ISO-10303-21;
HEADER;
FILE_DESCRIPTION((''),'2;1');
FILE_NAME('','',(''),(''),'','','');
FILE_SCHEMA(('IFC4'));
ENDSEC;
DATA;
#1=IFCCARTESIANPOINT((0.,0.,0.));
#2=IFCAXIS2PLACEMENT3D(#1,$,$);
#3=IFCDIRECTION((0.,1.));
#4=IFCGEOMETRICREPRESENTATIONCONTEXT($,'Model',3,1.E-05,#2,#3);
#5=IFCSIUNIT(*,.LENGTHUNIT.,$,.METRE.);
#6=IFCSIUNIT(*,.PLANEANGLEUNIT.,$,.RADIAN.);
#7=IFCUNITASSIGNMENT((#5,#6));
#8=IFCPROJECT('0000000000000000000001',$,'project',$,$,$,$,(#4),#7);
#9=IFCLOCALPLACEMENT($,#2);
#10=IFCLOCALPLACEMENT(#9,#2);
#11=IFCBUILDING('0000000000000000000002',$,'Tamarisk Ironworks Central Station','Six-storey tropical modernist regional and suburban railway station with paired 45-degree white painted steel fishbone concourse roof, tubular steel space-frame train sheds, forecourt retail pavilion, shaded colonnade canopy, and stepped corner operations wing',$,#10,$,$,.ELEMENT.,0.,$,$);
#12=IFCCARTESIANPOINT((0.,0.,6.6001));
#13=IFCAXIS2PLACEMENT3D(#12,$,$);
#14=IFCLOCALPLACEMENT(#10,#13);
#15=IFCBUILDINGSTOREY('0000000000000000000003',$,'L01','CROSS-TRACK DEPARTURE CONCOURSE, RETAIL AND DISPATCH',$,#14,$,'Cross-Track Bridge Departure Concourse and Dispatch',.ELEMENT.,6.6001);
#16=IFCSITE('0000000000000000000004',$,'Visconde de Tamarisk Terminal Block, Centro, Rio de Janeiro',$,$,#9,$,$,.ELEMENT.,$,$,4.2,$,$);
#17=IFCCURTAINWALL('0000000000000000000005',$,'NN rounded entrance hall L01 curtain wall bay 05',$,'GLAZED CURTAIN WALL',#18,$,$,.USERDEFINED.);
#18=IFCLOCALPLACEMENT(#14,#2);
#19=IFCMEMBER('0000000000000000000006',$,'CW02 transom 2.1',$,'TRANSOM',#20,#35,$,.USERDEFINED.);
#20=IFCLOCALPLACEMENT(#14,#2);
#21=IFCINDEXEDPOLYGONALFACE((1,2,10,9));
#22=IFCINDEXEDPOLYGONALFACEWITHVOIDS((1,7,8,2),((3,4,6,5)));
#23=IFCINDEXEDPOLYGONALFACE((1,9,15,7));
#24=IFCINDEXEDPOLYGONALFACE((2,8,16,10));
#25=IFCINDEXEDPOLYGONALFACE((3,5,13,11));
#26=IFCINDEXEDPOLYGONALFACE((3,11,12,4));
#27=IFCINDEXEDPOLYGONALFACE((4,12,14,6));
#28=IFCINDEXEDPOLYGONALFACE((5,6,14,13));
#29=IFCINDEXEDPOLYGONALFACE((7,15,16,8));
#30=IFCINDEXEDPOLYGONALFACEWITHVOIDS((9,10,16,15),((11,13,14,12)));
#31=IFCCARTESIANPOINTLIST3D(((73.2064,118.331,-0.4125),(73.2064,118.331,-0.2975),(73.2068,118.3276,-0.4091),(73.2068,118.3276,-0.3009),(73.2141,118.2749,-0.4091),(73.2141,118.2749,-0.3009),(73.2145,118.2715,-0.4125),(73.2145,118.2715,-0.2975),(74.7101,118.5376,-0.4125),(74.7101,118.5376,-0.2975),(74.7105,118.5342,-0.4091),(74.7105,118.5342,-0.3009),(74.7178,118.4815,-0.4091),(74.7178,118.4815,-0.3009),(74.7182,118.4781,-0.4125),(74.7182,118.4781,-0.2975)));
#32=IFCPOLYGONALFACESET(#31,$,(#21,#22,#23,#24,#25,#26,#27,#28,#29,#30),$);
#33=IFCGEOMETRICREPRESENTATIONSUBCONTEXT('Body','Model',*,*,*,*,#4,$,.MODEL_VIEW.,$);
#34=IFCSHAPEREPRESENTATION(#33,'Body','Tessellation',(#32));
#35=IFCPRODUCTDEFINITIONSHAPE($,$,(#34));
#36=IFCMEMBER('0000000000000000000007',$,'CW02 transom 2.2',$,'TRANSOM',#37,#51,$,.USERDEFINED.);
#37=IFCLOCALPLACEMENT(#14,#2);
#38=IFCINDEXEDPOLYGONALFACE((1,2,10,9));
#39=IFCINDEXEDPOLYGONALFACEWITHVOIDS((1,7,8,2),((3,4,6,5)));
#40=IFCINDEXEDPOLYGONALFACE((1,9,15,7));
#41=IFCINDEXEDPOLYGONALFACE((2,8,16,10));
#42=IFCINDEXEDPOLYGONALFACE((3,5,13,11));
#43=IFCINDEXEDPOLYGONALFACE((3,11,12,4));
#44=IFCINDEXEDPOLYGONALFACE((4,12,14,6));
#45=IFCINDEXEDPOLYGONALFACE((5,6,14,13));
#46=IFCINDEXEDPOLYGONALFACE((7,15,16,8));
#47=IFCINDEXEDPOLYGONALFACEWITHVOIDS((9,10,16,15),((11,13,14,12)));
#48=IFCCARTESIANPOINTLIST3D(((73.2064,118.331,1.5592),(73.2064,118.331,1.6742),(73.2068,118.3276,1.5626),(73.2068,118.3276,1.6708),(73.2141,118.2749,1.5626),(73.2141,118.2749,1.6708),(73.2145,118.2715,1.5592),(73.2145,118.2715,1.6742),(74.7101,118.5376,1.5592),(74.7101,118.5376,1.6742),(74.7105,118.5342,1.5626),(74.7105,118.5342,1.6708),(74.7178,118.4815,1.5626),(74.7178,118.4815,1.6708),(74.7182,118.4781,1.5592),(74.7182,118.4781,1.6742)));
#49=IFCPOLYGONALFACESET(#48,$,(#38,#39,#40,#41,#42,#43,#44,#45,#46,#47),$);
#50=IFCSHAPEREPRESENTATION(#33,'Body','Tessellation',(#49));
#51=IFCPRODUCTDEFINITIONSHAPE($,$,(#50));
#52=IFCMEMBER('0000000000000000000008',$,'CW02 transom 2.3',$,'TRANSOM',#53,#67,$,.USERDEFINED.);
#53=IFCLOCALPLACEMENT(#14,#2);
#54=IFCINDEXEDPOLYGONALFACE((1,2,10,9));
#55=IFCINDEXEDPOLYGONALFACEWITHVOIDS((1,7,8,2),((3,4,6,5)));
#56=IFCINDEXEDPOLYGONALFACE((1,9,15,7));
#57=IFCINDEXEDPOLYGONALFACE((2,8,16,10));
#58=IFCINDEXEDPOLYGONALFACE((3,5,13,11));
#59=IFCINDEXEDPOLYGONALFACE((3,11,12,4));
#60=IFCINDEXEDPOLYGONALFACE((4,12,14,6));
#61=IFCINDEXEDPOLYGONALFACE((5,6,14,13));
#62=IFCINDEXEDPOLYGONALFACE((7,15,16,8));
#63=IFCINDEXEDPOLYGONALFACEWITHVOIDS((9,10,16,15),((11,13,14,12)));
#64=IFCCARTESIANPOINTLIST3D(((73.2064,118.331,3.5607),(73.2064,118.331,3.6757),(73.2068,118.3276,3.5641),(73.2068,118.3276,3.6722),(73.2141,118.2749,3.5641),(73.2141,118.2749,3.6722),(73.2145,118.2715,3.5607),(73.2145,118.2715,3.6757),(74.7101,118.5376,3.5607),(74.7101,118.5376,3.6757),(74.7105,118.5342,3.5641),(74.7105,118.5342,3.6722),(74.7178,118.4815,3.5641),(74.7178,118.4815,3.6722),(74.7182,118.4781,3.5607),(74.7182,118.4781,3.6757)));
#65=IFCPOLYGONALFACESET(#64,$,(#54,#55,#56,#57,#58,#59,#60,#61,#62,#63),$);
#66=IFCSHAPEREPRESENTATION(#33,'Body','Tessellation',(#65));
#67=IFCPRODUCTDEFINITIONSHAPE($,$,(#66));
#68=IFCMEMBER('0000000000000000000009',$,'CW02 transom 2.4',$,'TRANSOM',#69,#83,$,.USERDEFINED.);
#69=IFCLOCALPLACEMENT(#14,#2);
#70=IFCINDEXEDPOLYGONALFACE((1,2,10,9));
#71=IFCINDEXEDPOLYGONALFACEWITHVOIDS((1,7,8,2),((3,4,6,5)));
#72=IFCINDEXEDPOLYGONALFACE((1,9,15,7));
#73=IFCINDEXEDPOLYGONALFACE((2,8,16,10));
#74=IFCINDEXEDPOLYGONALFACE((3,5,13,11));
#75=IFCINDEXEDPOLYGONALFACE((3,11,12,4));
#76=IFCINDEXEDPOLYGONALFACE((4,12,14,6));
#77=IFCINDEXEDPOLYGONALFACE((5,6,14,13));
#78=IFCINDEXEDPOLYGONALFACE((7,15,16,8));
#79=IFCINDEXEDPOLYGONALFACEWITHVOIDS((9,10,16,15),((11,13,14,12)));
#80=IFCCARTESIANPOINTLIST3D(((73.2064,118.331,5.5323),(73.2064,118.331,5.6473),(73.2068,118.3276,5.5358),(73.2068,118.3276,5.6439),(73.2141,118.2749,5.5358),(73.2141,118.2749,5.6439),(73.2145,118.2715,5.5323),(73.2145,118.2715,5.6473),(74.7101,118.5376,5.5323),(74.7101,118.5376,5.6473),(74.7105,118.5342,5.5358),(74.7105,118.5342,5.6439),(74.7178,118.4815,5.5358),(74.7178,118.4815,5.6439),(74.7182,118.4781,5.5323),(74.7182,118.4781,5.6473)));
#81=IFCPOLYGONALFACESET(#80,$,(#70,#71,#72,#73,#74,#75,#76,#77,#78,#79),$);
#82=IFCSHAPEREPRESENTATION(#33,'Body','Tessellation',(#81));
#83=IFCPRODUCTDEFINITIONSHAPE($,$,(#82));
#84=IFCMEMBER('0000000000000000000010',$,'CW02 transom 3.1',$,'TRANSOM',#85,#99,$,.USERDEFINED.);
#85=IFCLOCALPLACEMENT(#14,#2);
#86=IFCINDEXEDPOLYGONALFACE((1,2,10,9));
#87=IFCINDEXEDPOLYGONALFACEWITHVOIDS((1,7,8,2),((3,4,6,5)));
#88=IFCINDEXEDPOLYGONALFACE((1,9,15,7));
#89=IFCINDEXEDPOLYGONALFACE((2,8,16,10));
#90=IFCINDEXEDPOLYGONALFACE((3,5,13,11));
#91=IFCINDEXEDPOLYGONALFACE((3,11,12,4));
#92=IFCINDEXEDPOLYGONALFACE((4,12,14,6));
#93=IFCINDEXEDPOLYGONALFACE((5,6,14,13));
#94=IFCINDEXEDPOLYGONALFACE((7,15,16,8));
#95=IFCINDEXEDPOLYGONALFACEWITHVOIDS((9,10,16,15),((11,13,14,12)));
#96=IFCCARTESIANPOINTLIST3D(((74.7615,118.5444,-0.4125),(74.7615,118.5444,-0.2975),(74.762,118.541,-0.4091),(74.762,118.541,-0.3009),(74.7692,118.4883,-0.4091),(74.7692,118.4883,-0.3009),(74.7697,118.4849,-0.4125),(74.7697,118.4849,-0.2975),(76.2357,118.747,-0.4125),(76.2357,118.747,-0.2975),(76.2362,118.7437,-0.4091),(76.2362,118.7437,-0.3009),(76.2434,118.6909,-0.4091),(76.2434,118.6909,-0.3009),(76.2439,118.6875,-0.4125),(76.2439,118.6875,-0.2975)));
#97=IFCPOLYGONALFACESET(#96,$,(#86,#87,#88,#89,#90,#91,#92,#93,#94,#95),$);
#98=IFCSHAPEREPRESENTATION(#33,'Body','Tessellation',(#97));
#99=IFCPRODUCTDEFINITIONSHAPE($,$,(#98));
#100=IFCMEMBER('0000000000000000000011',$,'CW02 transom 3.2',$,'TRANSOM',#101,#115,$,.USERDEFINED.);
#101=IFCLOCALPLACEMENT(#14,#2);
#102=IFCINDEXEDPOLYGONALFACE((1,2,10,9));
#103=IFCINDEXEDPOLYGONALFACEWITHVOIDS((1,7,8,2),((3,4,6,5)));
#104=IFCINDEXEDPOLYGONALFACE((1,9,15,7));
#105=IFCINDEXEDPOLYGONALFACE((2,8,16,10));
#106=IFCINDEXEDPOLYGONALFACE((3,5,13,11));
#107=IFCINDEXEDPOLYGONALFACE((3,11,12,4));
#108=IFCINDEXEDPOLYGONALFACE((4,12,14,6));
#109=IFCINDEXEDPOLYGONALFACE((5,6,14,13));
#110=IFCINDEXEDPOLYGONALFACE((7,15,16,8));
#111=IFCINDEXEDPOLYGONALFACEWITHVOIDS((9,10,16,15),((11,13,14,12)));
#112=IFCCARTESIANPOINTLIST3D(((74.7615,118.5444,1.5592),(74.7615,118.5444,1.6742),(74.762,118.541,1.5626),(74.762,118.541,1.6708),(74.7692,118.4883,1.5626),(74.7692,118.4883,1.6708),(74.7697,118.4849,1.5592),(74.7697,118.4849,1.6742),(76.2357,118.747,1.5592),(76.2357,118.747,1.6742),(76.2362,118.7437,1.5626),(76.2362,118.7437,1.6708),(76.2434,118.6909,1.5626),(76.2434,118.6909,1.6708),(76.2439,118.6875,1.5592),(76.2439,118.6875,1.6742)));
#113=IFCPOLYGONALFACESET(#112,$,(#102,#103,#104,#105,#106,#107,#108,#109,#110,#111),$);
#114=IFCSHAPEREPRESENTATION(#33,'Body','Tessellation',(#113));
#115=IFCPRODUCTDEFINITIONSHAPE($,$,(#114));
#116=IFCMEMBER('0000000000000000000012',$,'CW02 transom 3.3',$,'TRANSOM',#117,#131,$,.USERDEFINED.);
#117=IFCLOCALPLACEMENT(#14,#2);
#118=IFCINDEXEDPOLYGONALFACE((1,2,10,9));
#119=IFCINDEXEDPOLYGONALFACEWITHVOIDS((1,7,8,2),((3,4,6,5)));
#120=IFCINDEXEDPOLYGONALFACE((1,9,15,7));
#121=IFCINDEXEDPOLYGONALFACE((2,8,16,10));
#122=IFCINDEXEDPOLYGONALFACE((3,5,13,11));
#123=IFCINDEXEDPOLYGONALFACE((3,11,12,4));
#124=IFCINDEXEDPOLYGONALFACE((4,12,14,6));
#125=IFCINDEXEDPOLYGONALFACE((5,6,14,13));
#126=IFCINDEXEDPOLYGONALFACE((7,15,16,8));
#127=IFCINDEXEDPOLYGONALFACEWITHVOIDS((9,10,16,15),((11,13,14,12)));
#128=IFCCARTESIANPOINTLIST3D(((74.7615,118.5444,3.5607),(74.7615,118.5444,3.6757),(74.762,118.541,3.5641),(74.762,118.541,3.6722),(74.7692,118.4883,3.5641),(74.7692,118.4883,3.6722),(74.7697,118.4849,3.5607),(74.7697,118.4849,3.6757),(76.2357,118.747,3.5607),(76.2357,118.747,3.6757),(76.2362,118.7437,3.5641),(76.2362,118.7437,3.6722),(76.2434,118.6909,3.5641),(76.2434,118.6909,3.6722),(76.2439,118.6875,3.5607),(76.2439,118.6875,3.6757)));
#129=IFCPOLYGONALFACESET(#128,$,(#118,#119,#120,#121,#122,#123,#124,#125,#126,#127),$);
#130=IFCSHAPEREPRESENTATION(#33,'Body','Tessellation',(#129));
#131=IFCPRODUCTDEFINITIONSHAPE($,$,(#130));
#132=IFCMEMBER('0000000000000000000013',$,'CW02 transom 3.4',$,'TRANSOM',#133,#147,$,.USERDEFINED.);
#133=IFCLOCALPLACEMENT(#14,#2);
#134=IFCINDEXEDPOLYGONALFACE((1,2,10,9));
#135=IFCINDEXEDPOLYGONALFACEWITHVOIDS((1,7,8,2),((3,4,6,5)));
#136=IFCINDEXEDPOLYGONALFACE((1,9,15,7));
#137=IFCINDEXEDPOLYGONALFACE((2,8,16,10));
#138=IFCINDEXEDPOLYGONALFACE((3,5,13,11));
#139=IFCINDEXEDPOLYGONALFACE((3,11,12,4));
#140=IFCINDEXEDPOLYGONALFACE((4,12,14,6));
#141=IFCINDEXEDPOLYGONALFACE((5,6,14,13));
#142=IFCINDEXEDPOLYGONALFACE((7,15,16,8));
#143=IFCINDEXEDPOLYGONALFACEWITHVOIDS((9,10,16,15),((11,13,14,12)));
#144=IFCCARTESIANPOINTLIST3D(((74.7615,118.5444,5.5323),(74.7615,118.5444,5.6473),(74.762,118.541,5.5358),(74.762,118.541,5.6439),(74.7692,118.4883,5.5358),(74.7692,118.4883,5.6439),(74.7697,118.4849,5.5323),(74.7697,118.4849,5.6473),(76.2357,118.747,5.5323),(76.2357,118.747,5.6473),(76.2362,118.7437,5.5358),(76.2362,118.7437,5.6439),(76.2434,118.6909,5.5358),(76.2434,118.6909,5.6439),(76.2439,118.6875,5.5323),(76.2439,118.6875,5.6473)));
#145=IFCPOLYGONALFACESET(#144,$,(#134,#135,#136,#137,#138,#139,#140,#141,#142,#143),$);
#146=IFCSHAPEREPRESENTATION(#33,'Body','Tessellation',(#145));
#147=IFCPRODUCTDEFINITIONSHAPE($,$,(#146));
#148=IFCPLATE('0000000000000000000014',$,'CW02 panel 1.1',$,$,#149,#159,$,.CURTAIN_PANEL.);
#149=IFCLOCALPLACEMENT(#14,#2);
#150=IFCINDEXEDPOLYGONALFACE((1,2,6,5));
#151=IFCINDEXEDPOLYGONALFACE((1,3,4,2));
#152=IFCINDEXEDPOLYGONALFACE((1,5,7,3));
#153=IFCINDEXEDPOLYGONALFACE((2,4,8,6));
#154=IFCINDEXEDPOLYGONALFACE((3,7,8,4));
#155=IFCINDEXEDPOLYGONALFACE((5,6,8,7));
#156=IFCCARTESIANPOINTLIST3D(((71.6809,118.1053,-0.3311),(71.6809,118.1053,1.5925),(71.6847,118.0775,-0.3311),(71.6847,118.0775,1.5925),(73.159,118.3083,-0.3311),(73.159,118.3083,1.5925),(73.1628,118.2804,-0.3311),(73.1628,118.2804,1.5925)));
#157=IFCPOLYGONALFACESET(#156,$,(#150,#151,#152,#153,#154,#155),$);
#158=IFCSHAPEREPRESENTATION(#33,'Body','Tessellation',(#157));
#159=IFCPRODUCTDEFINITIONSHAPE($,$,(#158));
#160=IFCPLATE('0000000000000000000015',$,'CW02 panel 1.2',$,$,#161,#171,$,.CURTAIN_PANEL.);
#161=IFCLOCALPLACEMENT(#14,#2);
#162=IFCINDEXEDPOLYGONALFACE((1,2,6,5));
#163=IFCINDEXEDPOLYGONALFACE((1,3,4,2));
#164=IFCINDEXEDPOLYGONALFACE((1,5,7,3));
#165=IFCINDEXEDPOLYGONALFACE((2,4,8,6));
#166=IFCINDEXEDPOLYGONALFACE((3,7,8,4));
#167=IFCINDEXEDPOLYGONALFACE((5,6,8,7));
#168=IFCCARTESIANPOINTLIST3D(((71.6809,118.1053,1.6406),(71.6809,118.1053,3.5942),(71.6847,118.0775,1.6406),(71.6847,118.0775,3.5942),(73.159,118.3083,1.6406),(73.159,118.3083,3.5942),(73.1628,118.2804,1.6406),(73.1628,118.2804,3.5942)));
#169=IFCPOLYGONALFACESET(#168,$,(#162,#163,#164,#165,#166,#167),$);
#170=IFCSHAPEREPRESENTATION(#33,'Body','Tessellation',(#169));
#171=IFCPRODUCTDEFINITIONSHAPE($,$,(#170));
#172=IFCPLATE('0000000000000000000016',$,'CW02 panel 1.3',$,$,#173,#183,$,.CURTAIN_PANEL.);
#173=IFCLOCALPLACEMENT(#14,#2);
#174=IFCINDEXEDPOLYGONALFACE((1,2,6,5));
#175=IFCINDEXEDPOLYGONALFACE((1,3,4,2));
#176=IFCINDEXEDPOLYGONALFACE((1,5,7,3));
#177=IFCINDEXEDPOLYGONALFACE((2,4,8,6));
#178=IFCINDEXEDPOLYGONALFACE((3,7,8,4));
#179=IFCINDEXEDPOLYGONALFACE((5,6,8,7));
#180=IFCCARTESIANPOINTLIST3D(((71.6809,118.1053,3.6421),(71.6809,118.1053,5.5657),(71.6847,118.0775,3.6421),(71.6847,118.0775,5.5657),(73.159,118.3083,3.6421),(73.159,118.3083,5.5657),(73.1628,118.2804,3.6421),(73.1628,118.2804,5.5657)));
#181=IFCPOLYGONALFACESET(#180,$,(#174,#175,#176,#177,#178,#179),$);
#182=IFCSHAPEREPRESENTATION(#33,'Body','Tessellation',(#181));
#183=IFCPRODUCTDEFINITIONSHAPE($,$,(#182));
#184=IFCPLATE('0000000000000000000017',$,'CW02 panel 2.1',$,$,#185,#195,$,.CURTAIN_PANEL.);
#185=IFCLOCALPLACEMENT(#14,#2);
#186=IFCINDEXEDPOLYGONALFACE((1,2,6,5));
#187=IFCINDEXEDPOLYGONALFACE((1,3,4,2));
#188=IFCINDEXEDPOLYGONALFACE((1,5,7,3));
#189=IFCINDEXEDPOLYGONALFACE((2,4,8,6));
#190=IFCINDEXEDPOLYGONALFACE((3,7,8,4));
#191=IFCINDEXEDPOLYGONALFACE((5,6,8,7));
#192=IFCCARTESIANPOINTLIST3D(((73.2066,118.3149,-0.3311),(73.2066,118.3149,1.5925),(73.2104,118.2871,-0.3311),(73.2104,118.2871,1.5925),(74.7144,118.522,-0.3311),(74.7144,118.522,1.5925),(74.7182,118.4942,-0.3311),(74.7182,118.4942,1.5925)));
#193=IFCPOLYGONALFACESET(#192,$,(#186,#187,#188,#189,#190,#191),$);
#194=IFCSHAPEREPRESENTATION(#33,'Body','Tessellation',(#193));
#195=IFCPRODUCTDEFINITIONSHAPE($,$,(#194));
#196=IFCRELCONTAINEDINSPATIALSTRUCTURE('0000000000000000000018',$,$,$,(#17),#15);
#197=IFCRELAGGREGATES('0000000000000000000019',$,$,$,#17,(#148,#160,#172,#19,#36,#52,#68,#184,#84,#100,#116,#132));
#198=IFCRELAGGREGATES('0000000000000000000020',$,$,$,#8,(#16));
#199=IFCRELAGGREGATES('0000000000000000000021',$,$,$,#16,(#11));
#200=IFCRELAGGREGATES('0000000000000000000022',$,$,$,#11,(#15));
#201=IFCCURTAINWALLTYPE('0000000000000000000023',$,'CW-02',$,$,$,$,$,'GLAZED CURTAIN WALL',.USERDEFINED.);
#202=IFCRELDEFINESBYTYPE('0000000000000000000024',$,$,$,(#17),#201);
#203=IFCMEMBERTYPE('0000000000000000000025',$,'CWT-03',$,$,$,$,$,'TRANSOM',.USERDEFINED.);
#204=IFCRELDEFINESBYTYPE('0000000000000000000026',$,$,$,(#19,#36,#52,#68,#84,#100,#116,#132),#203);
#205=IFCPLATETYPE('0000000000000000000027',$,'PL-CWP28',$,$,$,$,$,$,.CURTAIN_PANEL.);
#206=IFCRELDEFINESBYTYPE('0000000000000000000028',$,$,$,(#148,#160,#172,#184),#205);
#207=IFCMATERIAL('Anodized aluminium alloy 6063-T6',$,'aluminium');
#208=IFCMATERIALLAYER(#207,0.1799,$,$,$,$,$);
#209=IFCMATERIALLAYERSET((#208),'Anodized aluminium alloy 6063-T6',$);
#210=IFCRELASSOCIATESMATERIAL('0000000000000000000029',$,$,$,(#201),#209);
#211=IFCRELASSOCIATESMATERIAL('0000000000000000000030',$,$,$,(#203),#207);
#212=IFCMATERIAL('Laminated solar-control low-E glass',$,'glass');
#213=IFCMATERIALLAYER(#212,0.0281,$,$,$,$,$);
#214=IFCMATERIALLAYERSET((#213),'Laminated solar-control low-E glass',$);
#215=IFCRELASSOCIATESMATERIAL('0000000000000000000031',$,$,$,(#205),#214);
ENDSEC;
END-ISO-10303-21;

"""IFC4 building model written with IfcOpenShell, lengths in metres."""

from ifc_helpers import new_model, si_unit, direction, frame, origin, origin_2d, place, context, subcontext, project, spatial, rectangle, hollow_rectangle, extrude, material, layer, layer_set, material_profile, profile_set, type_object, element, aggregate, save


model = new_model("IFC4")

# Units and contexts
model_context = context("Model", 3, precision=1e-05, world=origin(), true_north=direction((0.0, 1.0)))
body_context = subcontext(model_context, "Body", "Model", "MODEL_VIEW")
ifc_project = project(units=[si_unit("LENGTHUNIT", "METRE"), si_unit("PLANEANGLEUNIT", "RADIAN")], contexts=[model_context])

# Site, building, storey
site_placement = place(None, origin())
site = spatial("IfcSite", under=ifc_project, at=site_placement, Name="Visconde de Tamarisk Terminal Block, Centro, Rio de Janeiro", CompositionType="ELEMENT", RefElevation=4.2)
building_placement = place(site_placement, origin())
building = spatial("IfcBuilding", under=site, at=building_placement, Name="Tamarisk Ironworks Central Station", Description="Six-storey tropical modernist regional and suburban railway station with paired 45-degree white painted steel fishbone concourse roof, tubular steel space-frame train sheds, forecourt retail pavilion, shaded colonnade canopy, and stepped corner operations wing", CompositionType="ELEMENT", ElevationOfRefHeight=0.0)
storey_placement = place(building_placement, frame((0.0, 0.0, 6.6001)))
storey = spatial("IfcBuildingStorey", under=building, at=storey_placement, Name="L01", Description="CROSS-TRACK DEPARTURE CONCOURSE, RETAIL AND DISPATCH", LongName="Cross-Track Bridge Departure Concourse and Dispatch", CompositionType="ELEMENT", Elevation=6.6001)

# Curtain wall
ifc_material_1 = material(Name="Anodized aluminium alloy 6063-T6", Category="aluminium")
ifc_layer_1 = layer(ifc_material_1, 0.1799)
ifc_layer_set_1 = layer_set([ifc_layer_1], Name="Anodized aluminium alloy 6063-T6")
curtain_wall_type = type_object("IfcCurtainWallType", Name="CW-02", ElementType="GLAZED CURTAIN WALL", PredefinedType="USERDEFINED", material=ifc_layer_set_1)
curtain_wall_1_placement = place(storey_placement, origin())
curtain_wall_1 = element("IfcCurtainWall", 1, at=curtain_wall_1_placement, inside=storey, type_object=curtain_wall_type, Name="NN rounded entrance hall L01 curtain wall bay 05", ObjectType="GLAZED CURTAIN WALL", PredefinedType="USERDEFINED")

# Members
ifc_material_profile_1 = material_profile(ifc_material_1, hollow_rectangle(XDim=0.0601, YDim=0.115, WallThickness=0.0034, at=origin_2d()), Name="ALUM 115x60")
ifc_profile_set_1 = profile_set([ifc_material_profile_1], Name="Anodized aluminium alloy 6063-T6")
member_type_1 = type_object("IfcMemberType", Name="CWT-03", ElementType="TRANSOM", PredefinedType="USERDEFINED", material=ifc_profile_set_1)
member_1_placement = place(storey_placement, frame((73.2104, 118.3013, -0.355), z_axis=(0.990698, 0.136082, 0.0), x_axis=(-0.136082, 0.990698, 0.0)))
member_1 = element("IfcMember", 2, at=member_1_placement, type_object=member_type_1, Name="CW02 transom 2.1", ObjectType="TRANSOM", PredefinedType="USERDEFINED", context=body_context, shape_type="SweptSolid", body=[
    extrude(hollow_rectangle(XDim=0.0601, YDim=0.115, WallThickness=0.0034, at=origin_2d()), origin(), (0.0, 0.0, 1.0), 1.5178),
])
member_2_placement = place(storey_placement, frame((73.2104, 118.3013, 1.6167), z_axis=(0.990698, 0.136082, 0.0), x_axis=(-0.136082, 0.990698, 0.0)))
member_2 = element("IfcMember", 3, at=member_2_placement, type_object=member_type_1, Name="CW02 transom 2.2", ObjectType="TRANSOM", PredefinedType="USERDEFINED", context=body_context, shape_type="SweptSolid", body=[
    extrude(hollow_rectangle(XDim=0.0601, YDim=0.115, WallThickness=0.0034, at=origin_2d()), origin(), (0.0, 0.0, 1.0), 1.5178),
])
member_3_placement = place(storey_placement, frame((73.2104, 118.3013, 3.6182), z_axis=(0.990698, 0.136082, 0.0), x_axis=(-0.136082, 0.990698, 0.0)))
member_3 = element("IfcMember", 4, at=member_3_placement, type_object=member_type_1, Name="CW02 transom 2.3", ObjectType="TRANSOM", PredefinedType="USERDEFINED", context=body_context, shape_type="SweptSolid", body=[
    extrude(hollow_rectangle(XDim=0.0601, YDim=0.115, WallThickness=0.0034, at=origin_2d()), origin(), (0.0, 0.0, 1.0), 1.5178),
])
member_4_placement = place(storey_placement, frame((73.2104, 118.3013, 5.5898), z_axis=(0.990698, 0.136082, 0.0), x_axis=(-0.136082, 0.990698, 0.0)))
member_4 = element("IfcMember", 5, at=member_4_placement, type_object=member_type_1, Name="CW02 transom 2.4", ObjectType="TRANSOM", PredefinedType="USERDEFINED", context=body_context, shape_type="SweptSolid", body=[
    extrude(hollow_rectangle(XDim=0.0601, YDim=0.115, WallThickness=0.0034, at=origin_2d()), origin(), (0.0, 0.0, 1.0), 1.5178),
])
member_5_placement = place(storey_placement, frame((74.7656, 118.5146, -0.355), z_axis=(0.990684, 0.136182, 0.0), x_axis=(-0.136182, 0.990684, 0.0)))
member_5 = element("IfcMember", 6, at=member_5_placement, type_object=member_type_1, Name="CW02 transom 3.1", ObjectType="TRANSOM", PredefinedType="USERDEFINED", context=body_context, shape_type="SweptSolid", body=[
    extrude(hollow_rectangle(XDim=0.0601, YDim=0.115, WallThickness=0.0034, at=origin_2d()), origin(), (0.0, 0.0, 1.0), 1.488),
])
member_6_placement = place(storey_placement, frame((74.7656, 118.5146, 1.6167), z_axis=(0.990684, 0.136182, 0.0), x_axis=(-0.136182, 0.990684, 0.0)))
member_6 = element("IfcMember", 7, at=member_6_placement, type_object=member_type_1, Name="CW02 transom 3.2", ObjectType="TRANSOM", PredefinedType="USERDEFINED", context=body_context, shape_type="SweptSolid", body=[
    extrude(hollow_rectangle(XDim=0.0601, YDim=0.115, WallThickness=0.0034, at=origin_2d()), origin(), (0.0, 0.0, 1.0), 1.488),
])
member_7_placement = place(storey_placement, frame((74.7656, 118.5146, 3.6182), z_axis=(0.990684, 0.136182, 0.0), x_axis=(-0.136182, 0.990684, 0.0)))
member_7 = element("IfcMember", 8, at=member_7_placement, type_object=member_type_1, Name="CW02 transom 3.3", ObjectType="TRANSOM", PredefinedType="USERDEFINED", context=body_context, shape_type="SweptSolid", body=[
    extrude(hollow_rectangle(XDim=0.0601, YDim=0.115, WallThickness=0.0034, at=origin_2d()), origin(), (0.0, 0.0, 1.0), 1.488),
])
member_8_placement = place(storey_placement, frame((74.7656, 118.5146, 5.5898), z_axis=(0.990684, 0.136182, 0.0), x_axis=(-0.136182, 0.990684, 0.0)))
member_8 = element("IfcMember", 9, at=member_8_placement, type_object=member_type_1, Name="CW02 transom 3.4", ObjectType="TRANSOM", PredefinedType="USERDEFINED", context=body_context, shape_type="SweptSolid", body=[
    extrude(hollow_rectangle(XDim=0.0601, YDim=0.115, WallThickness=0.0034, at=origin_2d()), origin(), (0.0, 0.0, 1.0), 1.488),
])

# Plates
ifc_material_2 = material(Name="Laminated solar-control low-E glass", Category="glass")
ifc_layer_2 = layer(ifc_material_2, 0.0281)
ifc_layer_set_2 = layer_set([ifc_layer_2], Name="Laminated solar-control low-E glass")
plate_type = type_object("IfcPlateType", Name="PL-CWP28", PredefinedType="CURTAIN_PANEL", material=ifc_layer_set_2)
plate_1_placement = place(storey_placement, frame((72.4219, 118.1929, -0.3311), z_axis=(0.0, 0.0, 1.0), x_axis=(0.990703, 0.136042, 0.0)))
plate_1 = element("IfcPlate", 10, at=plate_1_placement, type_object=plate_type, Name="CW02 panel 1.1", PredefinedType="CURTAIN_PANEL", context=body_context, shape_type="SweptSolid", body=[
    extrude(rectangle(XDim=1.4919, YDim=0.0281, at=origin_2d()), origin(), (0.0, 0.0, 1.0), 1.9236),
])
plate_2_placement = place(storey_placement, frame((72.4219, 118.1929, 1.6406), z_axis=(0.0, 0.0, 1.0), x_axis=(0.990703, 0.136042, 0.0)))
plate_2 = element("IfcPlate", 11, at=plate_2_placement, type_object=plate_type, Name="CW02 panel 1.2", PredefinedType="CURTAIN_PANEL", context=body_context, shape_type="SweptSolid", body=[
    extrude(rectangle(XDim=1.4919, YDim=0.0281, at=origin_2d()), origin(), (0.0, 0.0, 1.0), 1.9536),
])
plate_3_placement = place(storey_placement, frame((72.4219, 118.1929, 3.6421), z_axis=(0.0, 0.0, 1.0), x_axis=(0.990703, 0.136042, 0.0)))
plate_3 = element("IfcPlate", 12, at=plate_3_placement, type_object=plate_type, Name="CW02 panel 1.3", PredefinedType="CURTAIN_PANEL", context=body_context, shape_type="SweptSolid", body=[
    extrude(rectangle(XDim=1.4919, YDim=0.0281, at=origin_2d()), origin(), (0.0, 0.0, 1.0), 1.9236),
])
plate_4_placement = place(storey_placement, frame((73.9624, 118.4045, -0.3311), z_axis=(0.0, 0.0, 1.0), x_axis=(0.990703, 0.136042, 0.0)))
plate_4 = element("IfcPlate", 13, at=plate_4_placement, type_object=plate_type, Name="CW02 panel 2.1", PredefinedType="CURTAIN_PANEL", context=body_context, shape_type="SweptSolid", body=[
    extrude(rectangle(XDim=1.522, YDim=0.0281, at=origin_2d()), origin(), (0.0, 0.0, 1.0), 1.9236),
])
aggregate(curtain_wall_1, [plate_1, plate_2, plate_3, member_1, member_2, member_3, member_4, plate_4, member_5, member_6, member_7, member_8])

save(model, "model.ifc")
